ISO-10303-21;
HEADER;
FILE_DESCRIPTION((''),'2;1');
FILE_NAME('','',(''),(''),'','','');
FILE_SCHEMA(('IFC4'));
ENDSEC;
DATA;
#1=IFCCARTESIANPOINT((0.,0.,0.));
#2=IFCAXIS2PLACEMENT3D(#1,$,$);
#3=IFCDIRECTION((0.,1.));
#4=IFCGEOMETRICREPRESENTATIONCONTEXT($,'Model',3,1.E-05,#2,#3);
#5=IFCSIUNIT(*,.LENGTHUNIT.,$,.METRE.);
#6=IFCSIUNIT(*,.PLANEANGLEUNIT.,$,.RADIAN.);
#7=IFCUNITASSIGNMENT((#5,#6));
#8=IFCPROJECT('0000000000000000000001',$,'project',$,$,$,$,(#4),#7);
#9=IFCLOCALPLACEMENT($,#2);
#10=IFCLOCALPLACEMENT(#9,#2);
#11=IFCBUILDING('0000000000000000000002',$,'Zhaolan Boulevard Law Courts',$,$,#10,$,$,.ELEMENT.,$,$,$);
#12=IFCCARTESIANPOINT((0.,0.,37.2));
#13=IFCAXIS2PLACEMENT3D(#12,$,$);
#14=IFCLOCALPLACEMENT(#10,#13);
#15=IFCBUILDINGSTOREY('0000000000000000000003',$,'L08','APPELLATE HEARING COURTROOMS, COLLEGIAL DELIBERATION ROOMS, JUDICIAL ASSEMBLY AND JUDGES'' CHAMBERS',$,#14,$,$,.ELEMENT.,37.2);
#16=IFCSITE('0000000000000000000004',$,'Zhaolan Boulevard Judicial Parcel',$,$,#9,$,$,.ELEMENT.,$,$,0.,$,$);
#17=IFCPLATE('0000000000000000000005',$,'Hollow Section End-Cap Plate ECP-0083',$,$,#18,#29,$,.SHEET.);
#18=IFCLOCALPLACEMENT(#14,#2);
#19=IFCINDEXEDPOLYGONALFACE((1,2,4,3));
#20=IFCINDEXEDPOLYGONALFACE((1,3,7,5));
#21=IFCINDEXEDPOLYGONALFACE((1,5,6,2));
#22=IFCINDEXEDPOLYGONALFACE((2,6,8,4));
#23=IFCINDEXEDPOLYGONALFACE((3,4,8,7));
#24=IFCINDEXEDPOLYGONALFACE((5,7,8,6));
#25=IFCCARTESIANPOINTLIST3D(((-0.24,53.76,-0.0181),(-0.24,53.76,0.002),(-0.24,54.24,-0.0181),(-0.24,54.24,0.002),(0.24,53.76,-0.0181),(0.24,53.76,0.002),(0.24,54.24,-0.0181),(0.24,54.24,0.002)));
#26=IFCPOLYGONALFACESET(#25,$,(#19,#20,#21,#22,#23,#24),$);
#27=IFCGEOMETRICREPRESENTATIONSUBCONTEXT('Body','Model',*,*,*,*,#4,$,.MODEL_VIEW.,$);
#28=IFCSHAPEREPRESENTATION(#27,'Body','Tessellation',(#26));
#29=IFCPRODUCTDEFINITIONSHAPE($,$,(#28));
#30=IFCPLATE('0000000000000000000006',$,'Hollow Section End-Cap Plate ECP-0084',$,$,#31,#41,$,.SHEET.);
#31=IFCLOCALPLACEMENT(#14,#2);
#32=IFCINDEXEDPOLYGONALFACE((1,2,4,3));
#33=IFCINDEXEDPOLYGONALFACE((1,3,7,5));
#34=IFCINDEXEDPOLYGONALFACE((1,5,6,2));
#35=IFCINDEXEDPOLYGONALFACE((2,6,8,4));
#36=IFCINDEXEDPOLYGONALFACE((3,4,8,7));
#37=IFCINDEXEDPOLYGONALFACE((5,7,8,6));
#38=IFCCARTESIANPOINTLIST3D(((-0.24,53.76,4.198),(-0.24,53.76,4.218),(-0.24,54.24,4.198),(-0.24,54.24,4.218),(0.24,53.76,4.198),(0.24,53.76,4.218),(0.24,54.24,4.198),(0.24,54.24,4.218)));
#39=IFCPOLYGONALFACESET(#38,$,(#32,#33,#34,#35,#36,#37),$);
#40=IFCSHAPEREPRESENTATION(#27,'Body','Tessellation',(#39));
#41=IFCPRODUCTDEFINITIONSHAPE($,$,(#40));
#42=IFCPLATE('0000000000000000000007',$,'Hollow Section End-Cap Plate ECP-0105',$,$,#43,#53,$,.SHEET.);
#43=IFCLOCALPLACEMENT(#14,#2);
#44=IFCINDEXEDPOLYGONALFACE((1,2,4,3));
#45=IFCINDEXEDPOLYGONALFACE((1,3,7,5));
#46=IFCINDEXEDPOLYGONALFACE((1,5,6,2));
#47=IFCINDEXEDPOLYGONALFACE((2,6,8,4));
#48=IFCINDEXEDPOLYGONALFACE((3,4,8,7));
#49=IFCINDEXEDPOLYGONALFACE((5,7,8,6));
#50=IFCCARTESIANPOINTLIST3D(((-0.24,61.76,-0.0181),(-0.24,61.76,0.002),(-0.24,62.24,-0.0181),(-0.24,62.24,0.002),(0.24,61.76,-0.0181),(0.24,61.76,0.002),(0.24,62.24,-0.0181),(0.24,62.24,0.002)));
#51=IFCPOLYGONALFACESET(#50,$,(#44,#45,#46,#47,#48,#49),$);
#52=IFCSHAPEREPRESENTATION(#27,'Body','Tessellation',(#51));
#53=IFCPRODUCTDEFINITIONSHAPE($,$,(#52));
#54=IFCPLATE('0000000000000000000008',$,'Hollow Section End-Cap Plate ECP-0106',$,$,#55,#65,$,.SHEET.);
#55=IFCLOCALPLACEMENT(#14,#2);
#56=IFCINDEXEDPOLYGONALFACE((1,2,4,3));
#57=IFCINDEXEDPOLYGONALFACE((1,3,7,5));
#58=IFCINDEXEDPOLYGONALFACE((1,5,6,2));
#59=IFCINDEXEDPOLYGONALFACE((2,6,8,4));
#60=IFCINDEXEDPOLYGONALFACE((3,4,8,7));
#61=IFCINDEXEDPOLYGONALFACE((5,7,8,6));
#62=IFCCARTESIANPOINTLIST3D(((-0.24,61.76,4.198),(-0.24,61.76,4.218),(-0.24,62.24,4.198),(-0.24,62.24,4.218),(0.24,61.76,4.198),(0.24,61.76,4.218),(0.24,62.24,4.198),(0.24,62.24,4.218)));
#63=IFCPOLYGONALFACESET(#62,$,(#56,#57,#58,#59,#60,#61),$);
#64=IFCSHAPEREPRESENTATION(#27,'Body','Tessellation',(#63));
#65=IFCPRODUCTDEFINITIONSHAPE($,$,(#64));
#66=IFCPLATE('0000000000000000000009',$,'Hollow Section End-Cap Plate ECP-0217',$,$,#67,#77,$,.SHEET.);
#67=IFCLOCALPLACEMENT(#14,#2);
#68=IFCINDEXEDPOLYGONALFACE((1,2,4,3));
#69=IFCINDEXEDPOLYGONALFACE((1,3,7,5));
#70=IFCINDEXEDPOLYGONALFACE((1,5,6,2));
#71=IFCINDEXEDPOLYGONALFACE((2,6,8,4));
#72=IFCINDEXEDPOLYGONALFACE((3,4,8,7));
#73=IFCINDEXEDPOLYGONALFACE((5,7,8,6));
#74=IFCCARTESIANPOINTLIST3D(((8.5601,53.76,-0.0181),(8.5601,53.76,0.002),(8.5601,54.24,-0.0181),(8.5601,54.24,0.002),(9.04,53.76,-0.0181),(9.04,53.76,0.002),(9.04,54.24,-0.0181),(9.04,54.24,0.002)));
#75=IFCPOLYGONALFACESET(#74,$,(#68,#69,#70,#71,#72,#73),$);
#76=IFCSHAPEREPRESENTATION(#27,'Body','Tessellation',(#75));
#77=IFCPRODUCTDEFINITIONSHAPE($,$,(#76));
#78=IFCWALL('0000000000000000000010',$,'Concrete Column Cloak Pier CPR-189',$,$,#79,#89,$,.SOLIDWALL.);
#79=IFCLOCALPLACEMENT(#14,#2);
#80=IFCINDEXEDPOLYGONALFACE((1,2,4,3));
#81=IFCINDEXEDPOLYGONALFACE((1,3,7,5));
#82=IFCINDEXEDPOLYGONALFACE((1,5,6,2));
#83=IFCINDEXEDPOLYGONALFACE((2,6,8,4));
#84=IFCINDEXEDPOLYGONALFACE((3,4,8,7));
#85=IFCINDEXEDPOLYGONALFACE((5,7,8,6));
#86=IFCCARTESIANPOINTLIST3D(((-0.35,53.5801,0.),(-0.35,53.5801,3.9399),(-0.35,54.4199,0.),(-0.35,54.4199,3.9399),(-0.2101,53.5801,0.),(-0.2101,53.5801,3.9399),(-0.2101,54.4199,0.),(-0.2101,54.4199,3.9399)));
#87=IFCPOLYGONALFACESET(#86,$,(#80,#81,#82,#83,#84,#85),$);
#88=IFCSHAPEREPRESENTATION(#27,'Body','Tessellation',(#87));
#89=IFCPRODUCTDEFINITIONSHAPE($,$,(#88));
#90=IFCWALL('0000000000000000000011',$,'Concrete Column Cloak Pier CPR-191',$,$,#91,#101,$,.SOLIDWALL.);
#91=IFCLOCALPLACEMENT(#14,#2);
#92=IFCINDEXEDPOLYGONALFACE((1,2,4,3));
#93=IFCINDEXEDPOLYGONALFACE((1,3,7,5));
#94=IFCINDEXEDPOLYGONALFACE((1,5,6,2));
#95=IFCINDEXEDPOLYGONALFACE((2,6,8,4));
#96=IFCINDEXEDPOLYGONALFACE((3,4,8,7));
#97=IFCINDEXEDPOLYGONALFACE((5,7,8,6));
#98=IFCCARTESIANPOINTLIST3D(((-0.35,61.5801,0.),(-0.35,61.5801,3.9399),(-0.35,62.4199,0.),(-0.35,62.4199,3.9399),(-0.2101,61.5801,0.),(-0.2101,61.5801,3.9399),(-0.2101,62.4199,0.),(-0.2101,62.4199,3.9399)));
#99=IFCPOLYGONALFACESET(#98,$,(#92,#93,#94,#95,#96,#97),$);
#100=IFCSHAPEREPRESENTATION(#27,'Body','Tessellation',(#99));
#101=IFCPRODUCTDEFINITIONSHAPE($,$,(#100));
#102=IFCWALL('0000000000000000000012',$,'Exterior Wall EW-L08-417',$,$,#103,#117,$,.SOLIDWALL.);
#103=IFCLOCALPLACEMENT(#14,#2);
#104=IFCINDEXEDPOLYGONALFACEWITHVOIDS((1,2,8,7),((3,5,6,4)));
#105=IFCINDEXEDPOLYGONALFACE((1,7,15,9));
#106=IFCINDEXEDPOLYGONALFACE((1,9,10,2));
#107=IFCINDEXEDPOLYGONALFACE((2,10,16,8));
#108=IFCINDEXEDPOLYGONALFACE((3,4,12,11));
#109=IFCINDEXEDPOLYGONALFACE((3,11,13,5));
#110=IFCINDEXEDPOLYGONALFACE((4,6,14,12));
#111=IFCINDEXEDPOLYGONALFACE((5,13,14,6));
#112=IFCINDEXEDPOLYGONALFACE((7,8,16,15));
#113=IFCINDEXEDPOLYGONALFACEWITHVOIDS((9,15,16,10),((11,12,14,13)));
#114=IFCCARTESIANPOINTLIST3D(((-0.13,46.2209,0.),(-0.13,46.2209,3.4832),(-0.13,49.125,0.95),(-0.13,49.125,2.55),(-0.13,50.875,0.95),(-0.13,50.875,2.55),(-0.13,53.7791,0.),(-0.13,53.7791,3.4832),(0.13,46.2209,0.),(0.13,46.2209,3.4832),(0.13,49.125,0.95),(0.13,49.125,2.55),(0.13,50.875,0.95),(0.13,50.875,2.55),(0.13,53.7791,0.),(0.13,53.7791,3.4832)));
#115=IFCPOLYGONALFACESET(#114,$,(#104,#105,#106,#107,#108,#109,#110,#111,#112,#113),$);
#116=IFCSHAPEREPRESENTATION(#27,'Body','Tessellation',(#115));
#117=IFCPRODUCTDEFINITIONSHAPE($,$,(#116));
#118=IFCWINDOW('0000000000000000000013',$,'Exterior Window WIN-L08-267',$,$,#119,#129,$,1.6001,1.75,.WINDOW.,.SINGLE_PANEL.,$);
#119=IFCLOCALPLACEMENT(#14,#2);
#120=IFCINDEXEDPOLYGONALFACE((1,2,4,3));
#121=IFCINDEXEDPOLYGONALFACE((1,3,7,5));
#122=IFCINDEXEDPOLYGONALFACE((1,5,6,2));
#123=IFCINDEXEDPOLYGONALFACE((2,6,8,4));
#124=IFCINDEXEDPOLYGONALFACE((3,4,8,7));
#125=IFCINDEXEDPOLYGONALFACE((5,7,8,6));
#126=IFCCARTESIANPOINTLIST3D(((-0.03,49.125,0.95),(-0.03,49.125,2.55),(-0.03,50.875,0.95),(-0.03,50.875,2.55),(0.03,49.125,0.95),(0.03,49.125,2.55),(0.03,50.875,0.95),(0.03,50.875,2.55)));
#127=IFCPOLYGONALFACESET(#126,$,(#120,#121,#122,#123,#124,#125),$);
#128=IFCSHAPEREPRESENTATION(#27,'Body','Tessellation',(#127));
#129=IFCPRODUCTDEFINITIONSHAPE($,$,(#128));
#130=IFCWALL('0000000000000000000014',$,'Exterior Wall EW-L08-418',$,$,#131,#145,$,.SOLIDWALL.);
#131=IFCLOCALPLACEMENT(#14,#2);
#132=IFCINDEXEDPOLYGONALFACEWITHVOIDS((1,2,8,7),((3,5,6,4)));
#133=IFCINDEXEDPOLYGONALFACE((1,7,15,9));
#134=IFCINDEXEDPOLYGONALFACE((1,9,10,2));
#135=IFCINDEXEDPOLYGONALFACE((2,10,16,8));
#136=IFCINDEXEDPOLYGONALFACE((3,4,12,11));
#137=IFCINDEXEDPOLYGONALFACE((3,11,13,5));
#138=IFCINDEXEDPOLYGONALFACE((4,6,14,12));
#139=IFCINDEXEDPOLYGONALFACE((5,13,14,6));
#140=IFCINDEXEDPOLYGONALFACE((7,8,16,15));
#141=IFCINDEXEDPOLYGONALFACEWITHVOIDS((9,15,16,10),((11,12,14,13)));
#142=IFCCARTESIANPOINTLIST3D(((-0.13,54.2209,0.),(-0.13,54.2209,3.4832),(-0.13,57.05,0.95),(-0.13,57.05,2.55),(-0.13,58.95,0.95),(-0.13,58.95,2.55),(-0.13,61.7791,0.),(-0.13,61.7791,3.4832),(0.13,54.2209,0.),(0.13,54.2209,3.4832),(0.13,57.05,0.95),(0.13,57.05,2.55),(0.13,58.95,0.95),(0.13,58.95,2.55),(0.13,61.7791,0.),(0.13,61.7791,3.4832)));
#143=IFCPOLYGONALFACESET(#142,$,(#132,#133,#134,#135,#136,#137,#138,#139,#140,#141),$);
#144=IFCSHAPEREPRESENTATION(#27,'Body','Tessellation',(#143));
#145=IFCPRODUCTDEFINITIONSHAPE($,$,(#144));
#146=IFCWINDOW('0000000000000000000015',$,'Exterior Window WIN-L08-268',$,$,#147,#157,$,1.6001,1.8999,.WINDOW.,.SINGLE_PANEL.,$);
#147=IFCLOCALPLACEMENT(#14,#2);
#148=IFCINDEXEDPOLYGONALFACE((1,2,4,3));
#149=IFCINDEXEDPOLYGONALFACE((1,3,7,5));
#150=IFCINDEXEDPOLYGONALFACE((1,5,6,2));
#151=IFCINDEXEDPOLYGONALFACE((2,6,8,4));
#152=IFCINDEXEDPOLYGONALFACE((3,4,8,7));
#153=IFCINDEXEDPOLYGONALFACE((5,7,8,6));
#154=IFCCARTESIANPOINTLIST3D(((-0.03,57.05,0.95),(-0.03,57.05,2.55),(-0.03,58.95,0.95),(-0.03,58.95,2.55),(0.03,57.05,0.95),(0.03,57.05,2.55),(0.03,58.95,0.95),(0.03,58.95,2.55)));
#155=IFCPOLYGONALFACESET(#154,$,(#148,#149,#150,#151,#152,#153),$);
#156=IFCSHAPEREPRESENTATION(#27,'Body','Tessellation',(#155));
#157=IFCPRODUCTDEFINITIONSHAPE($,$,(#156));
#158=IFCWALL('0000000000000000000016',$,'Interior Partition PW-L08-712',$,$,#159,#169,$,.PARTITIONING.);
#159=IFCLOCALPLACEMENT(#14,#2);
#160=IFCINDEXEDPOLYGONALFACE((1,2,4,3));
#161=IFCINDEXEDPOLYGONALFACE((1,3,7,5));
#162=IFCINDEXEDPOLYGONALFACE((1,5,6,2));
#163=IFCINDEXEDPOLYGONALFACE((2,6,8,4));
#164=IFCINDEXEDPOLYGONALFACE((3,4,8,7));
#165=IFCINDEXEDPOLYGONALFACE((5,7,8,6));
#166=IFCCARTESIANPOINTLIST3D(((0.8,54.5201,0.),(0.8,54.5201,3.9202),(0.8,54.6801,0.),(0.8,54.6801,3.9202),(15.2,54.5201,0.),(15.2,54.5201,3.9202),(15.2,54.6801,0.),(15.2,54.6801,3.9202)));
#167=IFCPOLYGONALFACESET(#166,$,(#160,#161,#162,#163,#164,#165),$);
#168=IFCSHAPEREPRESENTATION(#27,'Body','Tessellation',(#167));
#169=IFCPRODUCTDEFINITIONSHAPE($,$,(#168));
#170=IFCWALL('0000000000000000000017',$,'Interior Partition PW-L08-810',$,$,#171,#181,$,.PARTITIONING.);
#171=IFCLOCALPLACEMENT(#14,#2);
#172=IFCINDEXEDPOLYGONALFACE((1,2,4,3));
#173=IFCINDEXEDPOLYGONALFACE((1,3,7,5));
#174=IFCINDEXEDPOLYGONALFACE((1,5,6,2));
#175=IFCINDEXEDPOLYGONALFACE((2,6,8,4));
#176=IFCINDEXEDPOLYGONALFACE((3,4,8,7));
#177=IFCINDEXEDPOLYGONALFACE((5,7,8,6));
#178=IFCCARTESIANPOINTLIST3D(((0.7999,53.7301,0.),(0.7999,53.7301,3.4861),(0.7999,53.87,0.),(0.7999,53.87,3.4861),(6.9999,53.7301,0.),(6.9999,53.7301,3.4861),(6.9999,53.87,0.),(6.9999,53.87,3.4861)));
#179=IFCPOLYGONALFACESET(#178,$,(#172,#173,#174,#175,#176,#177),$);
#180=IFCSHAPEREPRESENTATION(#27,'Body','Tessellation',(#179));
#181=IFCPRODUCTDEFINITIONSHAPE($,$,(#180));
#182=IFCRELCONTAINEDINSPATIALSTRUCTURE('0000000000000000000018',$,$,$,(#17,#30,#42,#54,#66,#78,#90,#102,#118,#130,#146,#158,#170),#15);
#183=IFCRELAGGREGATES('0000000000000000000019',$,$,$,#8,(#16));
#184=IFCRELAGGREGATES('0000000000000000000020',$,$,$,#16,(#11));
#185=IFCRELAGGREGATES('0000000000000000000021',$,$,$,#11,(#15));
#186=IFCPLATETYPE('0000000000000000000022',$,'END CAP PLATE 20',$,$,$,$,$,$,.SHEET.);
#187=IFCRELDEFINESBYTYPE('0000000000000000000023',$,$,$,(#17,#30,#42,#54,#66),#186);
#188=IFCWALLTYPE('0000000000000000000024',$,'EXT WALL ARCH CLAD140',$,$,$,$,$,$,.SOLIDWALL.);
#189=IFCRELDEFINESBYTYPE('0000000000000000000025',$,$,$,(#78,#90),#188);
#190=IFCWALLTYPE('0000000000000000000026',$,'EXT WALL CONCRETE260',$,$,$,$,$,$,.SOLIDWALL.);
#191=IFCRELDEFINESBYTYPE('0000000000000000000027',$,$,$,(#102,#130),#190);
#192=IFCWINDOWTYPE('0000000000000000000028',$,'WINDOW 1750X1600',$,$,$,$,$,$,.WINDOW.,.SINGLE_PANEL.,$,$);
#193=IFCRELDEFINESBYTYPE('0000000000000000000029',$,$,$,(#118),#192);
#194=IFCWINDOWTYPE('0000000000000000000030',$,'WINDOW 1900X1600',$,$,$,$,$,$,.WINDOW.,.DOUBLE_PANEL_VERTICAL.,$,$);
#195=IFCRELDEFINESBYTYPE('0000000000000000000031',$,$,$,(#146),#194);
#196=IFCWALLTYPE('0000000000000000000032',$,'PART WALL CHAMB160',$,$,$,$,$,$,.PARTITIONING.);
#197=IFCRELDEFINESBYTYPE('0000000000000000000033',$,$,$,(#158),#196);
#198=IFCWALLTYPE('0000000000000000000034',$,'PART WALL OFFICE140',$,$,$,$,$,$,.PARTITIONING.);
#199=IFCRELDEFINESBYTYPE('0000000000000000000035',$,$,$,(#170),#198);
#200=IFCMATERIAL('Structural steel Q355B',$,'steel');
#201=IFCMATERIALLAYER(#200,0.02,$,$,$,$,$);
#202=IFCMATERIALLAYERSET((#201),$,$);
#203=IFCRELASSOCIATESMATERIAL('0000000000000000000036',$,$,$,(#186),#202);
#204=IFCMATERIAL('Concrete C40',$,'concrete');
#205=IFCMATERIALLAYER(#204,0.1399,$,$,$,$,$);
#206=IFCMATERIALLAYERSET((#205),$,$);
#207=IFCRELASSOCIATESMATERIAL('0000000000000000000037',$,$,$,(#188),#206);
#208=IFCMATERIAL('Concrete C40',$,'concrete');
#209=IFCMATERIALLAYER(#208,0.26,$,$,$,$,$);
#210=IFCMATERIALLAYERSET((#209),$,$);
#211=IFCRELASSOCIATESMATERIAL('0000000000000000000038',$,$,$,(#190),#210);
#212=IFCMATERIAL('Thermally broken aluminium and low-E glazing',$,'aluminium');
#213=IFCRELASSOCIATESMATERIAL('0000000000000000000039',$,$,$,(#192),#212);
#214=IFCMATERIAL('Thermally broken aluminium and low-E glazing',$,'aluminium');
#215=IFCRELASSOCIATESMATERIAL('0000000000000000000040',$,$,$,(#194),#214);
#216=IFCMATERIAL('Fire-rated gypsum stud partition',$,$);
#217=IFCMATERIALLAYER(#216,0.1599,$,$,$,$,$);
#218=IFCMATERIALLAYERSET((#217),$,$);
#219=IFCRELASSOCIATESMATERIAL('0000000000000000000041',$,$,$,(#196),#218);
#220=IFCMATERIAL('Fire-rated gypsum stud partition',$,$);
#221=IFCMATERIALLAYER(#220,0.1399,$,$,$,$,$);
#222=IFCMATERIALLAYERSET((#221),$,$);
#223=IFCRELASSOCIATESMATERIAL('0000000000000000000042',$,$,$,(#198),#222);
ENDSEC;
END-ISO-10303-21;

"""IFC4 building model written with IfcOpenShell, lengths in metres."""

from ifc_helpers import new_model, si_unit, direction, frame, frame_2d, origin, origin_2d, place, context, subcontext, project, spatial, rectangle, extrude, material, layer, layer_set, type_object, element, fill, save


model = new_model("IFC4")

# Units and contexts
model_context = context("Model", 3, precision=1e-05, world=origin(), true_north=direction((0.0, 1.0)))
body_context = subcontext(model_context, "Body", "Model", "MODEL_VIEW")
ifc_project = project(units=[si_unit("LENGTHUNIT", "METRE"), si_unit("PLANEANGLEUNIT", "RADIAN")], contexts=[model_context])

# Site, building, storey
site_placement = place(None, origin())
site = spatial("IfcSite", under=ifc_project, at=site_placement, Name="Zhaolan Boulevard Judicial Parcel", CompositionType="ELEMENT", RefElevation=0.0)
building_placement = place(site_placement, origin())
building = spatial("IfcBuilding", under=site, at=building_placement, Name="Zhaolan Boulevard Law Courts", CompositionType="ELEMENT")
storey_placement = place(building_placement, frame((0.0, 0.0, 37.2)))
storey = spatial("IfcBuildingStorey", under=building, at=storey_placement, Name="L08", Description="APPELLATE HEARING COURTROOMS, COLLEGIAL DELIBERATION ROOMS, JUDICIAL ASSEMBLY AND JUDGES' CHAMBERS", CompositionType="ELEMENT", Elevation=37.2)

# Plates
ifc_material_1 = material(Name="Structural steel Q355B", Category="steel")
ifc_layer_1 = layer(ifc_material_1, 0.02)
ifc_layer_set_1 = layer_set([ifc_layer_1])
plate_type = type_object("IfcPlateType", Name="END CAP PLATE 20", PredefinedType="SHEET", material=ifc_layer_set_1)
for number, where, z_axis, x_axis, name in (
    (1, (0.0, 54.0, -0.0181), (0.0, 0.0, 1.0), (1.0, 0.0, 0.0), "Hollow Section End-Cap Plate ECP-0083"),
    (2, (0.0, 54.0, 4.198), (0.0, 0.0, 1.0), (1.0, 0.0, 0.0), "Hollow Section End-Cap Plate ECP-0084"),
    (3, (0.0, 62.0, -0.0181), (0.0, 0.0, 1.0), (1.0, 0.0, 0.0), "Hollow Section End-Cap Plate ECP-0105"),
    (4, (0.0, 62.0, 4.198), (0.0, 0.0, 1.0), (1.0, 0.0, 0.0), "Hollow Section End-Cap Plate ECP-0106"),
    (5, (8.8, 54.0, -0.0181), (0.0, 0.0, 1.0), (1.0, 0.0, 0.0), "Hollow Section End-Cap Plate ECP-0217"),
):
    element("IfcPlate", number, at=place(storey_placement, frame(where, z_axis=z_axis, x_axis=x_axis)), inside=storey, type_object=plate_type, Name=name, PredefinedType="SHEET", context=body_context, shape_type="SweptSolid", body=[
        extrude(rectangle(XDim=0.48, YDim=0.48, at=origin_2d()), origin(), (0.0, 0.0, 1.0), 0.02),
    ])

# Walls
ifc_material_2 = material(Name="Concrete C40", Category="concrete")
ifc_layer_2 = layer(ifc_material_2, 0.1399)
ifc_layer_set_2 = layer_set([ifc_layer_2])
wall_type_1 = type_object("IfcWallType", Name="EXT WALL ARCH CLAD140", PredefinedType="SOLIDWALL", material=ifc_layer_set_2)
for number, where, z_axis, x_axis, name in (
    (6, (-0.28, 53.5801, 0.0), (0.0, 0.0, 1.0), (0.0, 1.0, 0.0), "Concrete Column Cloak Pier CPR-189"),
    (7, (-0.28, 61.5801, 0.0), (0.0, 0.0, 1.0), (0.0, 1.0, 0.0), "Concrete Column Cloak Pier CPR-191"),
):
    element("IfcWall", number, at=place(storey_placement, frame(where, z_axis=z_axis, x_axis=x_axis)), inside=storey, type_object=wall_type_1, Name=name, PredefinedType="SOLIDWALL", context=body_context, shape_type="SweptSolid", body=[
        extrude(rectangle(XDim=0.8398, YDim=0.1399, at=frame_2d((0.4199, 0.0))), origin(), (0.0, 0.0, 1.0), 3.9399),
    ])

# Walls, openings, windows
ifc_material_3 = material(Name="Concrete C40", Category="concrete")
ifc_layer_3 = layer(ifc_material_3, 0.26)
ifc_layer_set_3 = layer_set([ifc_layer_3])
wall_type_2 = type_object("IfcWallType", Name="EXT WALL CONCRETE260", PredefinedType="SOLIDWALL", material=ifc_layer_set_3)
wall_1_placement = place(storey_placement, frame((0.0, 53.7791, 0.0), z_axis=(0.0, 0.0, 1.0), x_axis=(0.0, -1.0, 0.0)))
wall_1 = element("IfcWall", 8, at=wall_1_placement, inside=storey, type_object=wall_type_2, Name="Exterior Wall EW-L08-417", PredefinedType="SOLIDWALL", context=body_context, shape_type="SweptSolid", body=[
    extrude(rectangle(XDim=7.5581, YDim=0.26, at=frame_2d((3.7791, 0.0))), origin(), (0.0, 0.0, 1.0), 3.4832),
])
opening_1_placement = place(wall_1_placement, frame((2.9041, 0.0, 0.95)))
opening_1 = element("IfcOpeningElement", 9, at=opening_1_placement, cuts=wall_1, PredefinedType="OPENING", context=body_context, shape_type="SweptSolid", body=[
    extrude(rectangle(XDim=1.75, YDim=1.6001, at=frame_2d((0.875, 0.8))), frame((0.0, 0.1399, 0.0), z_axis=(0.0, -1.0, 0.0), x_axis=(1.0, 0.0, 0.0)), (0.0, 0.0, 1.0), 0.28),
])
ifc_material_4 = material(Name="Thermally broken aluminium and low-E glazing", Category="aluminium")
window_type_1 = type_object("IfcWindowType", Name="WINDOW 1750X1600", PartitioningType="SINGLE_PANEL", PredefinedType="WINDOW", material=ifc_material_4)
window_1_placement = place(opening_1_placement, origin())
window_1 = element("IfcWindow", 10, at=window_1_placement, inside=storey, type_object=window_type_1, Name="Exterior Window WIN-L08-267", OverallHeight=1.6001, OverallWidth=1.75, PartitioningType="SINGLE_PANEL", PredefinedType="WINDOW", context=body_context, shape_type="SweptSolid", body=[
    extrude(rectangle(XDim=1.75, YDim=1.6001, at=frame_2d((0.875, 0.8))), frame((0.0, 0.03, 0.0), z_axis=(0.0, -1.0, 0.0), x_axis=(1.0, 0.0, 0.0)), (0.0, 0.0, 1.0), 0.0601),
])
fill(opening_1, window_1)
wall_2_placement = place(storey_placement, frame((0.0, 61.7791, 0.0), z_axis=(0.0, 0.0, 1.0), x_axis=(0.0, -1.0, 0.0)))
wall_2 = element("IfcWall", 11, at=wall_2_placement, inside=storey, type_object=wall_type_2, Name="Exterior Wall EW-L08-418", PredefinedType="SOLIDWALL", context=body_context, shape_type="SweptSolid", body=[
    extrude(rectangle(XDim=7.5581, YDim=0.26, at=frame_2d((3.7791, 0.0))), origin(), (0.0, 0.0, 1.0), 3.4832),
])
opening_2_placement = place(wall_2_placement, frame((2.8291, 0.0, 0.95)))
opening_2 = element("IfcOpeningElement", 12, at=opening_2_placement, cuts=wall_2, PredefinedType="OPENING", context=body_context, shape_type="SweptSolid", body=[
    extrude(rectangle(XDim=1.8999, YDim=1.6001, at=frame_2d((0.95, 0.8))), frame((0.0, 0.1399, 0.0), z_axis=(0.0, -1.0, 0.0), x_axis=(1.0, 0.0, 0.0)), (0.0, 0.0, 1.0), 0.28),
])
ifc_material_5 = material(Name="Thermally broken aluminium and low-E glazing", Category="aluminium")
window_type_2 = type_object("IfcWindowType", Name="WINDOW 1900X1600", PartitioningType="DOUBLE_PANEL_VERTICAL", PredefinedType="WINDOW", material=ifc_material_5)
window_2_placement = place(opening_2_placement, origin())
window_2 = element("IfcWindow", 13, at=window_2_placement, inside=storey, type_object=window_type_2, Name="Exterior Window WIN-L08-268", OverallHeight=1.6001, OverallWidth=1.8999, PartitioningType="SINGLE_PANEL", PredefinedType="WINDOW", context=body_context, shape_type="SweptSolid", body=[
    extrude(rectangle(XDim=1.8999, YDim=1.6001, at=frame_2d((0.95, 0.8))), frame((0.0, 0.03, 0.0), z_axis=(0.0, -1.0, 0.0), x_axis=(1.0, 0.0, 0.0)), (0.0, 0.0, 1.0), 0.0601),
])
fill(opening_2, window_2)

# Walls
ifc_material_6 = material(Name="Fire-rated gypsum stud partition")
ifc_layer_4 = layer(ifc_material_6, 0.1599)
ifc_layer_set_4 = layer_set([ifc_layer_4])
wall_type_3 = type_object("IfcWallType", Name="PART WALL CHAMB160", PredefinedType="PARTITIONING", material=ifc_layer_set_4)
wall_3_placement = place(storey_placement, frame((0.8, 54.6001, 0.0), z_axis=(0.0, 0.0, 1.0), x_axis=(1.0, 0.0, 0.0)))
element("IfcWall", 14, at=wall_3_placement, inside=storey, type_object=wall_type_3, Name="Interior Partition PW-L08-712", PredefinedType="PARTITIONING", context=body_context, shape_type="SweptSolid", body=[
    extrude(rectangle(XDim=14.3999, YDim=0.1599, at=frame_2d((7.2, 0.0))), origin(), (0.0, 0.0, 1.0), 3.9202),
])
ifc_material_7 = material(Name="Fire-rated gypsum stud partition")
ifc_layer_5 = layer(ifc_material_7, 0.1399)
ifc_layer_set_5 = layer_set([ifc_layer_5])
wall_type_4 = type_object("IfcWallType", Name="PART WALL OFFICE140", PredefinedType="PARTITIONING", material=ifc_layer_set_5)
wall_4_placement = place(storey_placement, frame((7.0, 53.8, 0.0), z_axis=(0.0, 0.0, 1.0), x_axis=(-1.0, 0.0, 0.0)))
element("IfcWall", 15, at=wall_4_placement, inside=storey, type_object=wall_type_4, Name="Interior Partition PW-L08-810", PredefinedType="PARTITIONING", context=body_context, shape_type="SweptSolid", body=[
    extrude(rectangle(XDim=6.2, YDim=0.1399, at=frame_2d((3.1001, 0.0))), origin(), (0.0, 0.0, 1.0), 3.4861),
])

save(model, "model.ifc")
